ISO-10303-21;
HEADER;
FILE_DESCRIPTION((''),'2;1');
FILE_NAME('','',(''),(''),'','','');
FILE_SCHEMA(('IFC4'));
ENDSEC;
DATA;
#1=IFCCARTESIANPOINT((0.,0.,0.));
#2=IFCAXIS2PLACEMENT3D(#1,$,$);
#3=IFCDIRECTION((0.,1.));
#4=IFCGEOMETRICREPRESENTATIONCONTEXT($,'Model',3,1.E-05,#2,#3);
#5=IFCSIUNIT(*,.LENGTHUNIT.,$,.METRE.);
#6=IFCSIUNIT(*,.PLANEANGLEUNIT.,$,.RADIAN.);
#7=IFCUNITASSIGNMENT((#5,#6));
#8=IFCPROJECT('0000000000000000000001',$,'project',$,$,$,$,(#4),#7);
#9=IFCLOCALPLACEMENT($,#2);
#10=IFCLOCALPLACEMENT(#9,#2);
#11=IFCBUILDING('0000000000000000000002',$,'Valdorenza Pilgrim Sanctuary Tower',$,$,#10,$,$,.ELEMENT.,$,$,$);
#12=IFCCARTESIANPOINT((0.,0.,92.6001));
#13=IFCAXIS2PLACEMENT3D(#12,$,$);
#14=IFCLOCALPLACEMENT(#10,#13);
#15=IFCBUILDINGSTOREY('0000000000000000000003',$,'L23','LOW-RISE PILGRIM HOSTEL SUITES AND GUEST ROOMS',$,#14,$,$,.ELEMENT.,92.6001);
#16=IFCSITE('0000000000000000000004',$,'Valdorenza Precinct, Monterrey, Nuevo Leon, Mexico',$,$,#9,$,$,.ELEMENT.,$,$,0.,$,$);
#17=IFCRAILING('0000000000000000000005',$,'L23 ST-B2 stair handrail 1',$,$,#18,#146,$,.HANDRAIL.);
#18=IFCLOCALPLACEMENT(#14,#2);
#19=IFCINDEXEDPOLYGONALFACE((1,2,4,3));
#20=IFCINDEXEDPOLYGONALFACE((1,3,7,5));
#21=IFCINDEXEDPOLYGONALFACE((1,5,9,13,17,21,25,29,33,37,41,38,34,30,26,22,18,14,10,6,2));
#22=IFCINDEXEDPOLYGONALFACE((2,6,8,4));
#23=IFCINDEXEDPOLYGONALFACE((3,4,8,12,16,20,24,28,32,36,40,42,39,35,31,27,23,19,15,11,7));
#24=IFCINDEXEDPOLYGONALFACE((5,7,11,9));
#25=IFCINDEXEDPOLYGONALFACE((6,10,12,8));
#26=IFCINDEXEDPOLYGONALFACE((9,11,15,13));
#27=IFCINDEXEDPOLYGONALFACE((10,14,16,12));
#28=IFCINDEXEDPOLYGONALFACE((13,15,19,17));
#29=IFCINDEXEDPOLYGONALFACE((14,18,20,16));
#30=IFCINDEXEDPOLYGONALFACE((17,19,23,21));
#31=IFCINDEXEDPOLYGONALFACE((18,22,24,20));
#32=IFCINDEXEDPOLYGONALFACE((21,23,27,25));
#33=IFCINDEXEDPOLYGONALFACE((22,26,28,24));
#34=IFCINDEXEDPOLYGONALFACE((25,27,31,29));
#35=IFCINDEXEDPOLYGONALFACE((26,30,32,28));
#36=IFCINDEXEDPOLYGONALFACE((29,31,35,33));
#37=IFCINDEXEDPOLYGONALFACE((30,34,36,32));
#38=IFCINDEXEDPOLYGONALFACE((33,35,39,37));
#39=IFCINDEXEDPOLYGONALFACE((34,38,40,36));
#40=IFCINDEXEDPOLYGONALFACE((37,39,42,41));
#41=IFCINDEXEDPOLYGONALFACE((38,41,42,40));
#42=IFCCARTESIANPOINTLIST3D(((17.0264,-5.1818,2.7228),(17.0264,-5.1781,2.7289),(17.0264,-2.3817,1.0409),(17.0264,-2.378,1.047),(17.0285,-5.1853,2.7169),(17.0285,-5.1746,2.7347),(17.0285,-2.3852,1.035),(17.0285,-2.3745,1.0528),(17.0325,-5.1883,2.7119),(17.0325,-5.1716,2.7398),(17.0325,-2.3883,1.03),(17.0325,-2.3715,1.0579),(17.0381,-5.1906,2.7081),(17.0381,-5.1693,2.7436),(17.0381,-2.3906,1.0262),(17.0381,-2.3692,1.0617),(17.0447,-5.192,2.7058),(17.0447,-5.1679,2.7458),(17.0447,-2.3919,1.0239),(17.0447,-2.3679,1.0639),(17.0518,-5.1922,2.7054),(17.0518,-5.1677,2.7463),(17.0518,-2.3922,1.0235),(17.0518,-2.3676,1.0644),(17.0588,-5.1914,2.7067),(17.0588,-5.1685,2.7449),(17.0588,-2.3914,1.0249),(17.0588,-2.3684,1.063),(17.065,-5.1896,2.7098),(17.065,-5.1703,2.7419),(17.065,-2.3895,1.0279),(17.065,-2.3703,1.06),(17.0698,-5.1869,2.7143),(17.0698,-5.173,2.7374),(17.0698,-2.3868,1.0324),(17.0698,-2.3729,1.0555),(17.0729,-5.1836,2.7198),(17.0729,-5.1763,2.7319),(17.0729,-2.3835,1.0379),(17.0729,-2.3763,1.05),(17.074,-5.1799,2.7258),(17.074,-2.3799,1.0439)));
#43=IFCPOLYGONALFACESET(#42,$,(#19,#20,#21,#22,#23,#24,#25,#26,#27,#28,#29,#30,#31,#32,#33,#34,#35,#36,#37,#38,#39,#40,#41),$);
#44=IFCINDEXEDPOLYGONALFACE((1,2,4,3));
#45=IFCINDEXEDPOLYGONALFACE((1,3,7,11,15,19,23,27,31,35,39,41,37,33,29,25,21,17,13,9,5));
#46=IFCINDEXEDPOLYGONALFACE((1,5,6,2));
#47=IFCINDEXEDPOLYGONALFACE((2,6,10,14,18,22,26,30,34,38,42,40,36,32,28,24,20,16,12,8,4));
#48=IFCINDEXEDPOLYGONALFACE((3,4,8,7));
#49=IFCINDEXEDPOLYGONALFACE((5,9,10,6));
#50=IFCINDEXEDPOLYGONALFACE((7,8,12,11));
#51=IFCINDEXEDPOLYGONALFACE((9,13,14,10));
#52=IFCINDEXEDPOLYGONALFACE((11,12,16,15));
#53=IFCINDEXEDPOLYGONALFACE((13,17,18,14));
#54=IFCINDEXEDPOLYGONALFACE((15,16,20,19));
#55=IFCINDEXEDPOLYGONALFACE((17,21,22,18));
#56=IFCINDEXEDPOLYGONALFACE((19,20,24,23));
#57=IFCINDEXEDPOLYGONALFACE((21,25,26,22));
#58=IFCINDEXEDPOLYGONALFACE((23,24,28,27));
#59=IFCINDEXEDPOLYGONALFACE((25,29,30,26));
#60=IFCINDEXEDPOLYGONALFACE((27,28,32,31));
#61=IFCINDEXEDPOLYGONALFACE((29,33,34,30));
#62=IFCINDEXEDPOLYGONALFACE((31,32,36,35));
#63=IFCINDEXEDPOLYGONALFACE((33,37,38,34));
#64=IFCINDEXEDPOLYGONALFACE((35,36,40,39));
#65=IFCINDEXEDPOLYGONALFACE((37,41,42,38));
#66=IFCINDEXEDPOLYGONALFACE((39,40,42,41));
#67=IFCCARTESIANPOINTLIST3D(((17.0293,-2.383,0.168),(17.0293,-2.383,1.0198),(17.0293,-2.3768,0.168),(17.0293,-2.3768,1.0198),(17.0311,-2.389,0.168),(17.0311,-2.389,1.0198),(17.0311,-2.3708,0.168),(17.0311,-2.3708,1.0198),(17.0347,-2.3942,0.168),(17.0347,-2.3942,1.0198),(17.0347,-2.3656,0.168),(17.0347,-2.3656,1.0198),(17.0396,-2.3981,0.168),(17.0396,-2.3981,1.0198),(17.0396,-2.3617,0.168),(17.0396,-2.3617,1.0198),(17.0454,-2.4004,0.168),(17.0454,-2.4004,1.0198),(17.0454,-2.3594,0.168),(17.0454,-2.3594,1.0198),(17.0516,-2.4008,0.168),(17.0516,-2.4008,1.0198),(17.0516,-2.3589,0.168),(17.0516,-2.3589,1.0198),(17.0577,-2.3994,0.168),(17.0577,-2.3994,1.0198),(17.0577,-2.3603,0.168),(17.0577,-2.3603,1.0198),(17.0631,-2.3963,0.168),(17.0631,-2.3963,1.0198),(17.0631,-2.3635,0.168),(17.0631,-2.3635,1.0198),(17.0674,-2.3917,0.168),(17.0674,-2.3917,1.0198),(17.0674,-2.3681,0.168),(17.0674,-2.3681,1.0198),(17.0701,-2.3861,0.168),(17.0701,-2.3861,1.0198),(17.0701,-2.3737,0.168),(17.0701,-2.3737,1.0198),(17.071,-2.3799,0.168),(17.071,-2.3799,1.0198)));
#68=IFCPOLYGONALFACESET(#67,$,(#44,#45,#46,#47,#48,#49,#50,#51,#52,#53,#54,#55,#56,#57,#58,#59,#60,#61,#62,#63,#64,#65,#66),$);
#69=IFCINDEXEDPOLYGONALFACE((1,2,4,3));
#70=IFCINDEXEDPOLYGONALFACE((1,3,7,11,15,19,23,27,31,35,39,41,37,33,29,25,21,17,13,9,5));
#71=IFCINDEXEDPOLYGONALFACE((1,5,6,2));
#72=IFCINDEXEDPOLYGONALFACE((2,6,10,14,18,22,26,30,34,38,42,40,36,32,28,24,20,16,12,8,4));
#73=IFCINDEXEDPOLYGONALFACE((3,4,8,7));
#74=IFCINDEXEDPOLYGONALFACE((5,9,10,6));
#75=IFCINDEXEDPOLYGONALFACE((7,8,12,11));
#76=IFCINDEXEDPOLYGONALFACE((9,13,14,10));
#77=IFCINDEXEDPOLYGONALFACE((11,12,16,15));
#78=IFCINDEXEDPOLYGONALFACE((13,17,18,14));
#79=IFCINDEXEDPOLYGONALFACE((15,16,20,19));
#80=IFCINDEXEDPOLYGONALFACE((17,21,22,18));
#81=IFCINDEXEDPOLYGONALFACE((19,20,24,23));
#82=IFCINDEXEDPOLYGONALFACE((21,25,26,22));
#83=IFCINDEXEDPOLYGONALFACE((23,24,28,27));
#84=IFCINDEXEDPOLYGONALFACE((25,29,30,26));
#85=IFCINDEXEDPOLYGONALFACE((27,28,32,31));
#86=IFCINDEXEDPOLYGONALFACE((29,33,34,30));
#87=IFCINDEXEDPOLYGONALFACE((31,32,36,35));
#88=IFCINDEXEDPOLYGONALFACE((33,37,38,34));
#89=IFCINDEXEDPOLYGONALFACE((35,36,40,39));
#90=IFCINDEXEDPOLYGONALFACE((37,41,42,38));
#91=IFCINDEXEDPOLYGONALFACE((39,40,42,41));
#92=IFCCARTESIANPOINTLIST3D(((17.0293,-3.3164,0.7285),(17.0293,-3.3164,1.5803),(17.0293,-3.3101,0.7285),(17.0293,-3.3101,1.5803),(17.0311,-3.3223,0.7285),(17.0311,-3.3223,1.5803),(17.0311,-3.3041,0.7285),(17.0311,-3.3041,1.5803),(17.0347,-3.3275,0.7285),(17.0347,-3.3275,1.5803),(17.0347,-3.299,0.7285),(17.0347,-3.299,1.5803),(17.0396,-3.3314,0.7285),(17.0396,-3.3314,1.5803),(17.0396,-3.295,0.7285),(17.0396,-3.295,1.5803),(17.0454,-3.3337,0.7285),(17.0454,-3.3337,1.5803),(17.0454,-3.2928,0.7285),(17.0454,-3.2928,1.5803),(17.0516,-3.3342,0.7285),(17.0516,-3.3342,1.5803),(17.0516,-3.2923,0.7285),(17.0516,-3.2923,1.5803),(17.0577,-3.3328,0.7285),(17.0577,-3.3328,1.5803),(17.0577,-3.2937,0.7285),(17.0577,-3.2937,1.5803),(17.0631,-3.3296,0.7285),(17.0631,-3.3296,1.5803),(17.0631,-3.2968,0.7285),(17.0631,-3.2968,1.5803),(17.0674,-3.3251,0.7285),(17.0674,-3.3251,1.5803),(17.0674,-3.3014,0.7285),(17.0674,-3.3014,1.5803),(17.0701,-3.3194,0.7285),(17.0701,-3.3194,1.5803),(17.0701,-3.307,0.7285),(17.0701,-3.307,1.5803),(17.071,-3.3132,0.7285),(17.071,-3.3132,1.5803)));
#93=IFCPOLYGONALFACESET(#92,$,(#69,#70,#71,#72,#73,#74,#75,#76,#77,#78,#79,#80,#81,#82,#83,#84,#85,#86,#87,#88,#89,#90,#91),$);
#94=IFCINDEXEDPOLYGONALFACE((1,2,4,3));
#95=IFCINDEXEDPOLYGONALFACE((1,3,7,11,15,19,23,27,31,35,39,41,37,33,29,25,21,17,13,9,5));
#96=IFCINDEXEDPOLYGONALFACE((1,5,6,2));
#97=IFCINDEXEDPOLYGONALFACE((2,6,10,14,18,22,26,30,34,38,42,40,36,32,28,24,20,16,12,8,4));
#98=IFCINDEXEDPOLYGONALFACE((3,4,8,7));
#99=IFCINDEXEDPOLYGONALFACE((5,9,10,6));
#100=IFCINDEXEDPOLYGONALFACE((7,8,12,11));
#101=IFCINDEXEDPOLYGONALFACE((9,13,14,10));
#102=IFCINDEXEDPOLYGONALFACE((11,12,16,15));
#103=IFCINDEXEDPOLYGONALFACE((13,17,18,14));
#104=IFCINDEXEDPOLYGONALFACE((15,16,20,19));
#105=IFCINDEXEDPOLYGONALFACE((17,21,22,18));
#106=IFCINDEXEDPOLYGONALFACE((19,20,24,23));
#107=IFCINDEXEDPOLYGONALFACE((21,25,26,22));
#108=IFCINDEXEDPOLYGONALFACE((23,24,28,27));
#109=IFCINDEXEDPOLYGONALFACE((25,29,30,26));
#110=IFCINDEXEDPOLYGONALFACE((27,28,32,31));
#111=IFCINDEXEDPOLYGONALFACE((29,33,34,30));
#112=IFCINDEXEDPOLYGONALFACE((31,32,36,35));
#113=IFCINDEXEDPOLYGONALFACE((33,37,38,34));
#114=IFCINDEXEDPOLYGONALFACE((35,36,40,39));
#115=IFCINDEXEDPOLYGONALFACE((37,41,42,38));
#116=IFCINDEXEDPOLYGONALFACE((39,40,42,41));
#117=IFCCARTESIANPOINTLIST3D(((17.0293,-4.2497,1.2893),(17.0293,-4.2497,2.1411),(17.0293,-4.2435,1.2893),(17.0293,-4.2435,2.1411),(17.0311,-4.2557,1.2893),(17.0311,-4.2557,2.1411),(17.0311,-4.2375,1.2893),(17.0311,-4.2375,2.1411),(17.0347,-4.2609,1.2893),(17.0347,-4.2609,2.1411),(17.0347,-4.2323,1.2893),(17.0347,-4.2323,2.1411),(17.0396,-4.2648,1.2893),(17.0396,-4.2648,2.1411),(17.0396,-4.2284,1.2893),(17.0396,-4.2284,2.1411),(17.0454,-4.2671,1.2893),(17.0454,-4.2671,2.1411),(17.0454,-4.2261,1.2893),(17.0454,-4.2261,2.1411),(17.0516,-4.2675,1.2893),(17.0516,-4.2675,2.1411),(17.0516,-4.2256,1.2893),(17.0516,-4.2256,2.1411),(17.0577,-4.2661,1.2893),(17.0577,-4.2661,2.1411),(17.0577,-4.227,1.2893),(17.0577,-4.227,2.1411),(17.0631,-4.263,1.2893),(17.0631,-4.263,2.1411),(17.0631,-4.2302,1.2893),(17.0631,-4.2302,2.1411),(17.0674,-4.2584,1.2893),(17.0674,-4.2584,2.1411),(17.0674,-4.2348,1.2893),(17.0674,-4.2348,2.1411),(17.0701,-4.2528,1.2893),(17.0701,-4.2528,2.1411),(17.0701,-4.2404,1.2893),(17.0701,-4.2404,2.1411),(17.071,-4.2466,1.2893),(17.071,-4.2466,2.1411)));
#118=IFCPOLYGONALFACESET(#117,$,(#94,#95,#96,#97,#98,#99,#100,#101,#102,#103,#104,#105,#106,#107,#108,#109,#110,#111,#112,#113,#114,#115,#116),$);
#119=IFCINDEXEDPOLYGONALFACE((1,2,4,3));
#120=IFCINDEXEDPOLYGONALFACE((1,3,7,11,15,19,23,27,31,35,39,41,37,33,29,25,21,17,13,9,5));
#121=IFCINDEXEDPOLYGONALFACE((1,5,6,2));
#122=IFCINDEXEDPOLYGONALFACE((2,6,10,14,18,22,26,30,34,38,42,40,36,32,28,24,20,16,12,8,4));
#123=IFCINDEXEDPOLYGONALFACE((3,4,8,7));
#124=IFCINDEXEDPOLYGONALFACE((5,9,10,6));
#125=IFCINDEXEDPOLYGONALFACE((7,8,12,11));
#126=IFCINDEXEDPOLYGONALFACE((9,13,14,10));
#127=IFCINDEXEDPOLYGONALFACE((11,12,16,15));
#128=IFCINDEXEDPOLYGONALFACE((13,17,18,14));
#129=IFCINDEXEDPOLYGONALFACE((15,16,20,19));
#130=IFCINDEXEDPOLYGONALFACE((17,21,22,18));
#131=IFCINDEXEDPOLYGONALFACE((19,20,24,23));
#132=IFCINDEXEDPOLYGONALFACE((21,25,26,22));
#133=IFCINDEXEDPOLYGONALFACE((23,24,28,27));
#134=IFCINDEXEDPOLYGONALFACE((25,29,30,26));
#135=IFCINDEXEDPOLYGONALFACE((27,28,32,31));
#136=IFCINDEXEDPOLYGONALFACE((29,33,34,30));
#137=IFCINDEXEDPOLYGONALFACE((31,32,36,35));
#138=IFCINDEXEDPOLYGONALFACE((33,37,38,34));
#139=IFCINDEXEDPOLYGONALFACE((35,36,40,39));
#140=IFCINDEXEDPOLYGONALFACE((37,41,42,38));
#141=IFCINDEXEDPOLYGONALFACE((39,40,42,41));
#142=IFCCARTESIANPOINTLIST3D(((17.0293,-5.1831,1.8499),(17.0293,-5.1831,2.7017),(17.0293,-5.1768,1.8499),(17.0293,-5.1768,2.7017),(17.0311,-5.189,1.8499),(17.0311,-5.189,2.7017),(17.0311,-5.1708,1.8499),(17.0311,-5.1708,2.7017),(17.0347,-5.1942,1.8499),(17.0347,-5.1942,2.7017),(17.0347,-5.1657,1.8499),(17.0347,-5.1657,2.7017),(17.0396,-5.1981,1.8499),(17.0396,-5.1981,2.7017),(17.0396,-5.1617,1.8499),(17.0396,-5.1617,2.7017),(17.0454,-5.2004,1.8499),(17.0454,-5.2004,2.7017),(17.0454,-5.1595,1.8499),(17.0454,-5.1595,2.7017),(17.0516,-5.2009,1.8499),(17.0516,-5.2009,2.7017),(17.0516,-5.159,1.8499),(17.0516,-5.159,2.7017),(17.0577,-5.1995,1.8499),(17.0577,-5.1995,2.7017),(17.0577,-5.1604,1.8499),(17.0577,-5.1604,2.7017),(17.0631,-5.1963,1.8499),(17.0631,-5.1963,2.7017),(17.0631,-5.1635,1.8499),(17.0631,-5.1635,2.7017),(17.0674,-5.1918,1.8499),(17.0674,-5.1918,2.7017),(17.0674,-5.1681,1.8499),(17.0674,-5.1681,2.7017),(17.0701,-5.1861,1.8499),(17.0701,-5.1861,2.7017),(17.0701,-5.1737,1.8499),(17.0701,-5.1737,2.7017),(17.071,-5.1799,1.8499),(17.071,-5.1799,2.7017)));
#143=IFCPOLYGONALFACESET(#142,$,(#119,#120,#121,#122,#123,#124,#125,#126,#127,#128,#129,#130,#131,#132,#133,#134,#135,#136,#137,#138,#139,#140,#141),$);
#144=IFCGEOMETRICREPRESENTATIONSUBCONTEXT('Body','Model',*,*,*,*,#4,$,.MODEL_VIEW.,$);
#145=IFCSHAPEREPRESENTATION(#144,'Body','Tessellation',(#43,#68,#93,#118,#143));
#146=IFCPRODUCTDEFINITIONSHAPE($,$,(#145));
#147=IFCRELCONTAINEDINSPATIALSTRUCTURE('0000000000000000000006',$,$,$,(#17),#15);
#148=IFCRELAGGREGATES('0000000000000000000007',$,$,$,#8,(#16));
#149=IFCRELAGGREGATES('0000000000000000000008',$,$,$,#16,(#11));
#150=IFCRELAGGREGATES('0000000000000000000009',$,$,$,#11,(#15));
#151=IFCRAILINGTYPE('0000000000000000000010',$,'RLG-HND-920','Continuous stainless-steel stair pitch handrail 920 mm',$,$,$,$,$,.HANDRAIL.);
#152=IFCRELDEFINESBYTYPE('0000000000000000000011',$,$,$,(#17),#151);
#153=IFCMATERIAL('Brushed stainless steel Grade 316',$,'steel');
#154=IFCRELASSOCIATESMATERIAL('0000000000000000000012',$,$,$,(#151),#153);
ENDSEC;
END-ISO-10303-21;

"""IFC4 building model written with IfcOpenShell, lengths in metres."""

from ifc_helpers import new_model, si_unit, direction, frame, origin, origin_2d, place, context, subcontext, project, spatial, circle, extrude, material, type_object, element, save


model = new_model("IFC4")

# Units and contexts
model_context = context("Model", 3, precision=1e-05, world=origin(), true_north=direction((0.0, 1.0)))
body_context = subcontext(model_context, "Body", "Model", "MODEL_VIEW")
ifc_project = project(units=[si_unit("LENGTHUNIT", "METRE"), si_unit("PLANEANGLEUNIT", "RADIAN")], contexts=[model_context])

# Site, building, storey
site_placement = place(None, origin())
site = spatial("IfcSite", under=ifc_project, at=site_placement, Name="Valdorenza Precinct, Monterrey, Nuevo Leon, Mexico", CompositionType="ELEMENT", RefElevation=0.0)
building_placement = place(site_placement, origin())
building = spatial("IfcBuilding", under=site, at=building_placement, Name="Valdorenza Pilgrim Sanctuary Tower", CompositionType="ELEMENT")
storey_placement = place(building_placement, frame((0.0, 0.0, 92.6001)))
storey = spatial("IfcBuildingStorey", under=building, at=storey_placement, Name="L23", Description="LOW-RISE PILGRIM HOSTEL SUITES AND GUEST ROOMS", CompositionType="ELEMENT", Elevation=92.6001)

# Shared definitions
ifc_material_1 = material(Name="Brushed stainless steel Grade 316", Category="steel")

# Railing
railing_type_1 = type_object("IfcRailingType", Name="RLG-HND-920", Description="Continuous stainless-steel stair pitch handrail 920 mm", PredefinedType="HANDRAIL", material=ifc_material_1)
railing_1_placement = place(storey_placement, frame((17.05, -2.3799, 0.168)))
element("IfcRailing", 1, at=railing_1_placement, inside=storey, type_object=railing_type_1, Name="L23 ST-B2 stair handrail 1", PredefinedType="HANDRAIL", context=body_context, shape_type="SweptSolid", body=[
    extrude(circle(Radius=0.0239, at=origin_2d()), frame((0.0, 0.0, 0.876), z_axis=(0.0, -0.857242, 0.514913), x_axis=(1.0, 0.0, 0.0)), (0.0, 0.0, 1.0), 3.2664),
    extrude(circle(Radius=0.021, at=origin_2d()), origin(), (0.0, 0.0, 1.0), 0.8518),
    extrude(circle(Radius=0.021, at=origin_2d()), frame((0.0, -0.9333, 0.5605)), (0.0, 0.0, 1.0), 0.8518),
    extrude(circle(Radius=0.021, at=origin_2d()), frame((0.0, -1.8667, 1.1213)), (0.0, 0.0, 1.0), 0.8518),
    extrude(circle(Radius=0.021, at=origin_2d()), frame((0.0, -2.8, 1.6819)), (0.0, 0.0, 1.0), 0.8518),
])

save(model, "model.ifc")
